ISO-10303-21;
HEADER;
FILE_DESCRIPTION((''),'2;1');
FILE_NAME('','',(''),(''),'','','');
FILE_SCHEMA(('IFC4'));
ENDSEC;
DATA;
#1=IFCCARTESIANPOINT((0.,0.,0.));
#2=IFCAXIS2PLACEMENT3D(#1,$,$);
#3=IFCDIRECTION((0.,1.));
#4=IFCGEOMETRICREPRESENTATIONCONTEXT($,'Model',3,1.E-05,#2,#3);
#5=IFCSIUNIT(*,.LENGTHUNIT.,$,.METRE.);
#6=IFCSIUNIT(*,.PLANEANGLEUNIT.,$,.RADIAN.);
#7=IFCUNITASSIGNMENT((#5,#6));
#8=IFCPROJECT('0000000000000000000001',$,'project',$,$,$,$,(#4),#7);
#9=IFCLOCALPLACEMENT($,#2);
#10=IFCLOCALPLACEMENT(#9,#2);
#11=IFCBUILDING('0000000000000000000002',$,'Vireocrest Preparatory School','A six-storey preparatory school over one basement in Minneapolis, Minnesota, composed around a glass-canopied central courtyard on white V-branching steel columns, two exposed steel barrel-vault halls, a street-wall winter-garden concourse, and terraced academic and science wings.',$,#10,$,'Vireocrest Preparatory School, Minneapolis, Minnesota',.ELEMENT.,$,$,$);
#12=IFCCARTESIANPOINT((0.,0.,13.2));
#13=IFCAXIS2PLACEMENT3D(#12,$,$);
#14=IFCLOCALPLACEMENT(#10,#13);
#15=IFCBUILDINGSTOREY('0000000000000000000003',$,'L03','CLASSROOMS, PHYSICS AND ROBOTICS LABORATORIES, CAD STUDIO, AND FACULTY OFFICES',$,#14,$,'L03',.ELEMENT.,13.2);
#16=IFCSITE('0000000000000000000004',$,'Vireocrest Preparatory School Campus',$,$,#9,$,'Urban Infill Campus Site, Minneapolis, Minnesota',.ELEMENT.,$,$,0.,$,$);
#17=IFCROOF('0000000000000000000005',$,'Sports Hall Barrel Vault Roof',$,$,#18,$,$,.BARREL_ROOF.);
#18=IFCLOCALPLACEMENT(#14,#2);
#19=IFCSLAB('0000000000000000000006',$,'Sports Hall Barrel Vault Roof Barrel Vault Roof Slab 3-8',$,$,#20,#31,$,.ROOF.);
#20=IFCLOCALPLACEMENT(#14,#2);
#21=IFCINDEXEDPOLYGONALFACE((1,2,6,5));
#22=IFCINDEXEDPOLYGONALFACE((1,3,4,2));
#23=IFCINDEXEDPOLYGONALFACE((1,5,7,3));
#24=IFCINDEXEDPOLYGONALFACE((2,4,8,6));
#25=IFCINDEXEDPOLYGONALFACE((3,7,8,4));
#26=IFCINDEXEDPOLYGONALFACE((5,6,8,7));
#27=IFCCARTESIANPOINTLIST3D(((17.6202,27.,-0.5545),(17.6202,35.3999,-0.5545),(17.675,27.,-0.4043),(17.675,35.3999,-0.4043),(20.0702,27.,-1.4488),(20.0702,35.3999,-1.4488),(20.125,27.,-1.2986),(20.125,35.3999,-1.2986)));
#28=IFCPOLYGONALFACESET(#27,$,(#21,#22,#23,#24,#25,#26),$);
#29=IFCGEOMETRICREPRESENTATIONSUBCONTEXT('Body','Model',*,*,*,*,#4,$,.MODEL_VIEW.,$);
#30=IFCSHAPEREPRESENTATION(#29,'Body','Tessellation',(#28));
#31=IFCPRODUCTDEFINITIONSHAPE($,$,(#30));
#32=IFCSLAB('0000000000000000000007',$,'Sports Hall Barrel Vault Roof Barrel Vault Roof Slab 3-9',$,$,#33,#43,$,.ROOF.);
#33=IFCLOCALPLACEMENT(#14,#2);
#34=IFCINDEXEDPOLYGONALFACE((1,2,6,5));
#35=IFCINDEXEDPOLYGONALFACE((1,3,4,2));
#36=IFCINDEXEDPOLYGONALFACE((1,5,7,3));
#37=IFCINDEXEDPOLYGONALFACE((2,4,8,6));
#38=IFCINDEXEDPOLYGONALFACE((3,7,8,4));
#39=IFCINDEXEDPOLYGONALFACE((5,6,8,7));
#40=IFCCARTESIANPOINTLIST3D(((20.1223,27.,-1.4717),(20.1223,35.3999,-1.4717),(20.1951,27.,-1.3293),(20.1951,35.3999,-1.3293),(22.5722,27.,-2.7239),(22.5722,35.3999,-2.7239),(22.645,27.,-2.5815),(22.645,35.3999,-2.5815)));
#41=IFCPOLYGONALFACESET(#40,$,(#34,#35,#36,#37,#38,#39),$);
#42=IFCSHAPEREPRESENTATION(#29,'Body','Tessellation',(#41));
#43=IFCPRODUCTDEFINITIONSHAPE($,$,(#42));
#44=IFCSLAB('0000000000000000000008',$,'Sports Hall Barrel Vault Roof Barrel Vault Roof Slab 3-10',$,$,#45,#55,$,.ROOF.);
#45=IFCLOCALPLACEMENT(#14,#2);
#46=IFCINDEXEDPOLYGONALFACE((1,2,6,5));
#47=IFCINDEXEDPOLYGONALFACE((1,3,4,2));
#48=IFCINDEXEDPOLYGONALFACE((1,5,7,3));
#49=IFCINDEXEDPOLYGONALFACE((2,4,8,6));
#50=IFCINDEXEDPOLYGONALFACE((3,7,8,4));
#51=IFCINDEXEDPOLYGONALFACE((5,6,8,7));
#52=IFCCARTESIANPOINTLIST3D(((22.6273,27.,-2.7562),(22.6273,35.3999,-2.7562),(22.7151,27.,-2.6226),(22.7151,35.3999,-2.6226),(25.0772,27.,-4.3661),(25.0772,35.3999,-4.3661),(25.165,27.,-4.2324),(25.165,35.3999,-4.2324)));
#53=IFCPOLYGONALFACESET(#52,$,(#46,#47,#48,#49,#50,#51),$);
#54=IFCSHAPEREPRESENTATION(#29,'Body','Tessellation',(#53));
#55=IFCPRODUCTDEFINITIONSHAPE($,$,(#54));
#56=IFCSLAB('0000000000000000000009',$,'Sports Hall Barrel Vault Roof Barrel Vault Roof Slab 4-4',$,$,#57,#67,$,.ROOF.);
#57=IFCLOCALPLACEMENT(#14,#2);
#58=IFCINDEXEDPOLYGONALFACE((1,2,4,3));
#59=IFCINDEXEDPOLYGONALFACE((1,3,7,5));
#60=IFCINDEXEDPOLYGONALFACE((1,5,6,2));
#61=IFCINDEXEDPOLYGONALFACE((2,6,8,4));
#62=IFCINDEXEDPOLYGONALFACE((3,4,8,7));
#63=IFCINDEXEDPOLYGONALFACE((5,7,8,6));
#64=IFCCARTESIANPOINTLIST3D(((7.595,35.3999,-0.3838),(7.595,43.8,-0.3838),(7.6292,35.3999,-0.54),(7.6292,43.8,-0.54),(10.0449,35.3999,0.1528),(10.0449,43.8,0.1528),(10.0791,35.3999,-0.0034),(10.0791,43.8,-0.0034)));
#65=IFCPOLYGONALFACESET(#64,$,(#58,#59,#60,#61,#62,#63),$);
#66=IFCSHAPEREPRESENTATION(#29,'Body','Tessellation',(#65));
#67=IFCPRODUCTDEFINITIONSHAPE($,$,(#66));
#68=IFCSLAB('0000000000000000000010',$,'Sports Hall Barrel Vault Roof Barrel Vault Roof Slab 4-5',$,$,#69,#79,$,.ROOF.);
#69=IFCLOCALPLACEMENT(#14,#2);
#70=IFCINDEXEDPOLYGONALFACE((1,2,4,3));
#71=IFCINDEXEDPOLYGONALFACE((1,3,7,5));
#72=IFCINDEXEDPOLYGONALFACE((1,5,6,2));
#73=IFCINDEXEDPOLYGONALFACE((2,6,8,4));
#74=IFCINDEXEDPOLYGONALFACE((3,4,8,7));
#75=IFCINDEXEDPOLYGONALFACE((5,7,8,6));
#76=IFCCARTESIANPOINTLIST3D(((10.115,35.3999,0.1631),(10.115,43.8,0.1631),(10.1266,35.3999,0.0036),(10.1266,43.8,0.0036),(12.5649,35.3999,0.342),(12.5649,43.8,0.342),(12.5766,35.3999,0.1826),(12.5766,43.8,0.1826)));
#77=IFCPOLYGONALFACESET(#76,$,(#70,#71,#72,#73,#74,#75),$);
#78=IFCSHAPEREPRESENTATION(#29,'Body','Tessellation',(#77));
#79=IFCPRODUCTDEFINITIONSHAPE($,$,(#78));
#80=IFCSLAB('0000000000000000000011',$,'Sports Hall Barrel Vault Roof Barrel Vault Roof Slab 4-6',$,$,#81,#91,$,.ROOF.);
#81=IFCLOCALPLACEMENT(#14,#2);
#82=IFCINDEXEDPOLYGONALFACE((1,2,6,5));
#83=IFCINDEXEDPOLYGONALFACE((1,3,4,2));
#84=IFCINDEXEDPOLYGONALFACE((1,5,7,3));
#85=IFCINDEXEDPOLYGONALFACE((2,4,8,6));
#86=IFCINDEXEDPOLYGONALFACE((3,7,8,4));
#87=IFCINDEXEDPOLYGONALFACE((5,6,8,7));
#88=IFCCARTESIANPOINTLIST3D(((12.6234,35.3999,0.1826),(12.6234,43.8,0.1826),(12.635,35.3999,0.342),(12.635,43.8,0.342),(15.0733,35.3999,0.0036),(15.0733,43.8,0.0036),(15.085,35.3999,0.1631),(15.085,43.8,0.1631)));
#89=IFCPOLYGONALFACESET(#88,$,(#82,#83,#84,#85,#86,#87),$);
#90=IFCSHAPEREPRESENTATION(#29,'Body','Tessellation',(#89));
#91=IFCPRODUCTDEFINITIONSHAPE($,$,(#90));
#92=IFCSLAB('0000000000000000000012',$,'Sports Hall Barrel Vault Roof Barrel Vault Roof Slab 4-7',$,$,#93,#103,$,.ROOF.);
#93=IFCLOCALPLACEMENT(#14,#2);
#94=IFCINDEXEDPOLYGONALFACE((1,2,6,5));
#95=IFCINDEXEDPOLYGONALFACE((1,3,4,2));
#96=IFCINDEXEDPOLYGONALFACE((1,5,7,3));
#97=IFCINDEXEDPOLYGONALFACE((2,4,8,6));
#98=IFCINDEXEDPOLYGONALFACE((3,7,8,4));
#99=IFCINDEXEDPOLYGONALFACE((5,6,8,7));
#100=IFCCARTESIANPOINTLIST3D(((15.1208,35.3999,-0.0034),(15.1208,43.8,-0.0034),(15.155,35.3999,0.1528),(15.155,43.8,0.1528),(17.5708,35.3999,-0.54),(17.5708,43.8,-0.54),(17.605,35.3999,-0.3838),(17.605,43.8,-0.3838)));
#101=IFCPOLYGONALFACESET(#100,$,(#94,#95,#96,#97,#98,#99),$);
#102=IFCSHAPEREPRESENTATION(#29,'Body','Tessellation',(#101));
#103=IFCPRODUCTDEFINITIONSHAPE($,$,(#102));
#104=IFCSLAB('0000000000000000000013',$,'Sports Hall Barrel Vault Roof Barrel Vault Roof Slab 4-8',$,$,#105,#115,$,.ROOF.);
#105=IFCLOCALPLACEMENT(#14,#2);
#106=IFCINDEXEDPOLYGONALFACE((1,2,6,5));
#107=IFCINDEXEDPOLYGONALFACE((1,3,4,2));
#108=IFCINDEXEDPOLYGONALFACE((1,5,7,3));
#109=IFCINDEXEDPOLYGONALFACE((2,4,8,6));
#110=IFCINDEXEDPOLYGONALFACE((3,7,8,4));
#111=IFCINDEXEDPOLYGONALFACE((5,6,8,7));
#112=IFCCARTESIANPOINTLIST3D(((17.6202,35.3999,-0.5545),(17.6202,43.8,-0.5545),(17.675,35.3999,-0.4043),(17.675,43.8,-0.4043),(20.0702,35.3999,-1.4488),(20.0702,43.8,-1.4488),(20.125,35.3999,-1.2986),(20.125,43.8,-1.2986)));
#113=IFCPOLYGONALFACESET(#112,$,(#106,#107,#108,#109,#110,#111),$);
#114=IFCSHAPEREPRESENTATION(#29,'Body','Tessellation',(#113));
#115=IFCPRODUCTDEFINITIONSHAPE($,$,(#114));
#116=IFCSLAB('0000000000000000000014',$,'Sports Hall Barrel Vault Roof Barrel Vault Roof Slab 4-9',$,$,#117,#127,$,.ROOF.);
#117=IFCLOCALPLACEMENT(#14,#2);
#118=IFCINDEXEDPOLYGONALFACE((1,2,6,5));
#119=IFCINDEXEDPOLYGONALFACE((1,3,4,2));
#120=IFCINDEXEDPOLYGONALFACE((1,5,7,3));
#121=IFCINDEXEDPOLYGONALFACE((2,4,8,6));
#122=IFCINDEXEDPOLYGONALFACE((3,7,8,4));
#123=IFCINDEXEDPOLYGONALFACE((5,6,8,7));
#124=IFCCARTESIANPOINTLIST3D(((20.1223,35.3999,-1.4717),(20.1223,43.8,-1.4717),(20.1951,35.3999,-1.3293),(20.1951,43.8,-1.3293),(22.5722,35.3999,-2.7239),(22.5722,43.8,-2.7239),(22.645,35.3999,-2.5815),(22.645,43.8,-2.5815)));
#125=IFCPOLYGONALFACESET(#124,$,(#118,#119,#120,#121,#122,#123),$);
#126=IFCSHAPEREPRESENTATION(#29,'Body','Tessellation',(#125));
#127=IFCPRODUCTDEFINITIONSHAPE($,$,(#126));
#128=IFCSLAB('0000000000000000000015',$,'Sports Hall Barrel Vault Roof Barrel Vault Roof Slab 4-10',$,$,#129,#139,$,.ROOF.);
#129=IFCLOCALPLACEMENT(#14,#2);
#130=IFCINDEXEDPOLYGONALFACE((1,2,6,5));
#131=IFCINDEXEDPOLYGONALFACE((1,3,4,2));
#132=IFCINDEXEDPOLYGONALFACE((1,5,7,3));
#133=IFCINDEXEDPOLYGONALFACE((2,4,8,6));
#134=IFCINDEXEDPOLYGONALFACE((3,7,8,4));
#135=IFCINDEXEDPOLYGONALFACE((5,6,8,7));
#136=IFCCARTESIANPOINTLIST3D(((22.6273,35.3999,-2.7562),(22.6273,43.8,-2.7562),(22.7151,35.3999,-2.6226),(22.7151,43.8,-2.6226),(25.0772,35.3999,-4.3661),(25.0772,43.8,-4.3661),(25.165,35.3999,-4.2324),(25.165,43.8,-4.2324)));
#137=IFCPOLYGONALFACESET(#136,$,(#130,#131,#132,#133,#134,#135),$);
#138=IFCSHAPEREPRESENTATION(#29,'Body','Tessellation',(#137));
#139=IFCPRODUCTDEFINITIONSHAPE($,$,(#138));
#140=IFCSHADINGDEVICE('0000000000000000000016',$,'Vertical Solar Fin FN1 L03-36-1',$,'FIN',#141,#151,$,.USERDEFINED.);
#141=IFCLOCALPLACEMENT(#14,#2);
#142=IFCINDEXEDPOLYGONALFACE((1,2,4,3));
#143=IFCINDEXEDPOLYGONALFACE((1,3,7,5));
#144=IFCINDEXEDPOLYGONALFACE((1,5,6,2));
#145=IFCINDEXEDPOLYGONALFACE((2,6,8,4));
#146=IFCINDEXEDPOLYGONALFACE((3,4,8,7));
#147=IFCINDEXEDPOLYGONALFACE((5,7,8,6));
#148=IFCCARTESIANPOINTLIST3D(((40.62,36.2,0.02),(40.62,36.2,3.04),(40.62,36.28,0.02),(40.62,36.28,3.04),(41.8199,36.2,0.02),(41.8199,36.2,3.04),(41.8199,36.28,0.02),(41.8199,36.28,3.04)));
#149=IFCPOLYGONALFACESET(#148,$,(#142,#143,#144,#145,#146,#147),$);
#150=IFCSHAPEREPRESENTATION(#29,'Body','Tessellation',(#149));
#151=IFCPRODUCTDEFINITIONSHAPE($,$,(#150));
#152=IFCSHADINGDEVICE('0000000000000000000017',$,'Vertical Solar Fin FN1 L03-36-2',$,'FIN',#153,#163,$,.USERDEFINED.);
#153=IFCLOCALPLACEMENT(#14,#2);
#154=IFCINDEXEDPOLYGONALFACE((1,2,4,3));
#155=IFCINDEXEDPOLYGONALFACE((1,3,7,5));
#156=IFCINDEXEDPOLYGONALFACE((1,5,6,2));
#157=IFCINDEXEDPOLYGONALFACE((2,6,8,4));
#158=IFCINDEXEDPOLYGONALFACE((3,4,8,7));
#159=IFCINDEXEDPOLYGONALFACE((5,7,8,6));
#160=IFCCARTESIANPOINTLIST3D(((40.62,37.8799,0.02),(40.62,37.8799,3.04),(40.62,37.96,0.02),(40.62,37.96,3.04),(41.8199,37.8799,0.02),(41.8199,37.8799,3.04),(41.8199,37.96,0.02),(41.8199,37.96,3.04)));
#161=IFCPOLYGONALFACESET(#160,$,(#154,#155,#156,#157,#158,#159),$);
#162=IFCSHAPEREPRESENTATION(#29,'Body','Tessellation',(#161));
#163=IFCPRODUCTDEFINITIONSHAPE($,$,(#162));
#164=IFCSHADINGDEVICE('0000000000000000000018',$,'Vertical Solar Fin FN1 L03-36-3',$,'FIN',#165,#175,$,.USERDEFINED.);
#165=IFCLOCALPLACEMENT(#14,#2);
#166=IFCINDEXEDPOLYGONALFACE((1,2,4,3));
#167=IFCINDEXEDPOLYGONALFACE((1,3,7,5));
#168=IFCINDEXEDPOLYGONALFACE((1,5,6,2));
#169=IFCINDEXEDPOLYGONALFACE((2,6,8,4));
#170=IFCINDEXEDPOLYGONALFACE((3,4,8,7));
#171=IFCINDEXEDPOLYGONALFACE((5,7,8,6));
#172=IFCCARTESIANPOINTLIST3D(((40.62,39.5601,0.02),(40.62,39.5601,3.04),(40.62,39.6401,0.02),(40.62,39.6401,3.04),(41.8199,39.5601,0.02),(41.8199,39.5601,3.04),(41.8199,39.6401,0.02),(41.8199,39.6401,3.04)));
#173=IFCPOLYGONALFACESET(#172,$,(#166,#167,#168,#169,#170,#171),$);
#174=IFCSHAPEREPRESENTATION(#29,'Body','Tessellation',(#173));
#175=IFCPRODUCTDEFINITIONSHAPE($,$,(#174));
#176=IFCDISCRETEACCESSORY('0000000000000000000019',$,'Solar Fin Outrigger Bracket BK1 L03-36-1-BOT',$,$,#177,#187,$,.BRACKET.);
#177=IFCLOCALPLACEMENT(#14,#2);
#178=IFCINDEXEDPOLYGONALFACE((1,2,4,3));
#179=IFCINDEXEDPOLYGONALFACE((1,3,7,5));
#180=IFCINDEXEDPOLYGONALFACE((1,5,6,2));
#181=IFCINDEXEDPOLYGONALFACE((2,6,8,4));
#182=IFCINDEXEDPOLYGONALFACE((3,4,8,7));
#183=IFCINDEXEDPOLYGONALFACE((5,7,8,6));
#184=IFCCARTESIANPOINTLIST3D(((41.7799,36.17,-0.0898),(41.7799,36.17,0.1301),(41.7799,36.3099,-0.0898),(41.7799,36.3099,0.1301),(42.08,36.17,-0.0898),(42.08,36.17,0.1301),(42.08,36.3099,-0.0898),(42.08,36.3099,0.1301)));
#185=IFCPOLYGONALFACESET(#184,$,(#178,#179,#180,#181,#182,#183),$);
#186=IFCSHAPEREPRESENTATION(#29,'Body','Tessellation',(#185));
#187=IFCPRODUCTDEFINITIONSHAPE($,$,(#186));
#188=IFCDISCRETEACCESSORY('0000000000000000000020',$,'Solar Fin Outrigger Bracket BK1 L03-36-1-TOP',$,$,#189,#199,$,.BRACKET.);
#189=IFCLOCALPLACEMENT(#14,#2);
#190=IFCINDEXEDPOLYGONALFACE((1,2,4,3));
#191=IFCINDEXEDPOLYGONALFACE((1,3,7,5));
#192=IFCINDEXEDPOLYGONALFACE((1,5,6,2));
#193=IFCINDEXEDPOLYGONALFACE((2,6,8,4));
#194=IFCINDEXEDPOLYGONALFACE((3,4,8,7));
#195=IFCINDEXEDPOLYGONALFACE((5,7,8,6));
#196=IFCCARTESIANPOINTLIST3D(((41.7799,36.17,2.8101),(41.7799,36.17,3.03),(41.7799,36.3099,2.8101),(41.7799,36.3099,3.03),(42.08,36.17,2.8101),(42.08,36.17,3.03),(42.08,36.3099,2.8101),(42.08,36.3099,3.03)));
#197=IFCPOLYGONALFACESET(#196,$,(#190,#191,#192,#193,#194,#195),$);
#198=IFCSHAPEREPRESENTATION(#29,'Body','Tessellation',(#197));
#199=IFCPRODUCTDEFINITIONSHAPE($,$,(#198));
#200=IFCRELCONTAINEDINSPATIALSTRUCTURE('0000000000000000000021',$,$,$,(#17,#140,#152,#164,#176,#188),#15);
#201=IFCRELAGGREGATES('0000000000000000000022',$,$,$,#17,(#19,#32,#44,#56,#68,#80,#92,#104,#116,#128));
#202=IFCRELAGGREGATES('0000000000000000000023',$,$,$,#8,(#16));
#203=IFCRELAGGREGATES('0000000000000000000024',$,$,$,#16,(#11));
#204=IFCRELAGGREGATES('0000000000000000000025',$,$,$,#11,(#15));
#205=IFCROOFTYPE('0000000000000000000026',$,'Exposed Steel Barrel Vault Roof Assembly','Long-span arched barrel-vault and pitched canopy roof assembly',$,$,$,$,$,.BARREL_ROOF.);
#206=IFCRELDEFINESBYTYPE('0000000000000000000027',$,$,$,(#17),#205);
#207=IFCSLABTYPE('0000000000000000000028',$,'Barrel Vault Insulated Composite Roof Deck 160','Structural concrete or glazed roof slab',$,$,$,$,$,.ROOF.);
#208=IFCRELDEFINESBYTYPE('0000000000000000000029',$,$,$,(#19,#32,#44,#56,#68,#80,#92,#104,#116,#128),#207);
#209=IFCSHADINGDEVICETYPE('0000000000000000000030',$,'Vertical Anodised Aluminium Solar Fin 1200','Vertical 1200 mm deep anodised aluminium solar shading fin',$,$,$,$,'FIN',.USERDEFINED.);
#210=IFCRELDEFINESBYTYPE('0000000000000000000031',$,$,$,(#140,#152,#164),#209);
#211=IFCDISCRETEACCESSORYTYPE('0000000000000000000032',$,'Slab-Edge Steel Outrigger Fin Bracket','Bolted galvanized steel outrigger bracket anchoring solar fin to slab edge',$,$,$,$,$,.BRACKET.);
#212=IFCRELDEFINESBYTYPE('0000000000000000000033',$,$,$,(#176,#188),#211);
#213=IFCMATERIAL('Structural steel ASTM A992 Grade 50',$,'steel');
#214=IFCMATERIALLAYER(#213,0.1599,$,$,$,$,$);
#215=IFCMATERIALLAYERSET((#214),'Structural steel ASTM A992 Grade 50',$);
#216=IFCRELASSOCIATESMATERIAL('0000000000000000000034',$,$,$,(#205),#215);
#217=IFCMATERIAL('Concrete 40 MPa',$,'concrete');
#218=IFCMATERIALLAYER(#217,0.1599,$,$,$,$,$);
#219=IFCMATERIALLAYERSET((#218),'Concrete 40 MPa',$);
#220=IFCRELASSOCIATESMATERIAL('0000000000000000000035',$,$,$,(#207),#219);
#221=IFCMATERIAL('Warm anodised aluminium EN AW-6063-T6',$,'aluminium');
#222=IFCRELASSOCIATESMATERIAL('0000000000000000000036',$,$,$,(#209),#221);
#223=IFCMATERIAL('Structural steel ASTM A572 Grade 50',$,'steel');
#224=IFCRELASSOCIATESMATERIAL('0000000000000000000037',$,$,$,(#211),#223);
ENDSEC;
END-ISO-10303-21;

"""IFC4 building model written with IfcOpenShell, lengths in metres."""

from ifc_helpers import new_model, si_unit, direction, frame, origin, origin_2d, place, context, subcontext, project, spatial, polyline, rectangle, outline, extrude, material, layer, layer_set, material_profile, profile_set, type_object, element, aggregate, save


model = new_model("IFC4")

# Units and contexts
model_context = context("Model", 3, precision=1e-05, world=origin(), true_north=direction((0.0, 1.0)))
body_context = subcontext(model_context, "Body", "Model", "MODEL_VIEW")
ifc_project = project(units=[si_unit("LENGTHUNIT", "METRE"), si_unit("PLANEANGLEUNIT", "RADIAN")], contexts=[model_context])

# Site, building, storey
site_placement = place(None, origin())
site = spatial("IfcSite", under=ifc_project, at=site_placement, Name="Vireocrest Preparatory School Campus", LongName="Urban Infill Campus Site, Minneapolis, Minnesota", CompositionType="ELEMENT", RefElevation=0.0)
building_placement = place(site_placement, origin())
building = spatial("IfcBuilding", under=site, at=building_placement, Name="Vireocrest Preparatory School", Description="A six-storey preparatory school over one basement in Minneapolis, Minnesota, composed around a glass-canopied central courtyard on white V-branching steel columns, two exposed steel barrel-vault halls, a street-wall winter-garden concourse, and terraced academic and science wings.", LongName="Vireocrest Preparatory School, Minneapolis, Minnesota", CompositionType="ELEMENT")
storey_placement = place(building_placement, frame((0.0, 0.0, 13.2)))
storey = spatial("IfcBuildingStorey", under=building, at=storey_placement, Name="L03", Description="CLASSROOMS, PHYSICS AND ROBOTICS LABORATORIES, CAD STUDIO, AND FACULTY OFFICES", LongName="L03", CompositionType="ELEMENT", Elevation=13.2)

# Roof, slabs
ifc_material_1 = material(Name="Structural steel ASTM A992 Grade 50", Category="steel")
ifc_layer_1 = layer(ifc_material_1, 0.1599)
ifc_layer_set_1 = layer_set([ifc_layer_1], Name="Structural steel ASTM A992 Grade 50")
roof_type = type_object("IfcRoofType", Name="Exposed Steel Barrel Vault Roof Assembly", Description="Long-span arched barrel-vault and pitched canopy roof assembly", PredefinedType="BARREL_ROOF", material=ifc_layer_set_1)
roof_placement = place(storey_placement, origin())
roof = element("IfcRoof", 1, at=roof_placement, inside=storey, type_object=roof_type, Name="Sports Hall Barrel Vault Roof", PredefinedType="BARREL_ROOF")
ifc_material_2 = material(Name="Concrete 40 MPa", Category="concrete")
ifc_layer_2 = layer(ifc_material_2, 0.1599)
ifc_layer_set_2 = layer_set([ifc_layer_2], Name="Concrete 40 MPa")
slab_type = type_object("IfcSlabType", Name="Barrel Vault Insulated Composite Roof Deck 160", Description="Structural concrete or glazed roof slab", PredefinedType="ROOF", material=ifc_layer_set_2)
slab_1_placement = place(storey_placement, frame((17.675, 27.0, -0.4043), z_axis=(0.342893, 0.0, 0.939375), x_axis=(0.939375, 0.0, -0.342893)))
slab_1 = element("IfcSlab", 2, at=slab_1_placement, type_object=slab_type, Name="Sports Hall Barrel Vault Roof Barrel Vault Roof Slab 3-8", PredefinedType="ROOF", context=body_context, shape_type="SweptSolid", body=[
    extrude(outline(polyline([(0.0, 0.0), (2.6081, 0.0), (2.6081, 8.3999), (0.0, 8.3999), (0.0, 0.0)])), origin(), (0.0, 0.0, -1.0), 0.1599),
])
slab_2_placement = place(storey_placement, frame((20.1951, 27.0, -1.3293), z_axis=(0.455111, 0.0, 0.890435), x_axis=(0.890435, 0.0, -0.455111)))
slab_2 = element("IfcSlab", 3, at=slab_2_placement, type_object=slab_type, Name="Sports Hall Barrel Vault Roof Barrel Vault Roof Slab 3-9", PredefinedType="ROOF", context=body_context, shape_type="SweptSolid", body=[
    extrude(outline(polyline([(0.0, 0.0), (2.7514, 0.0), (2.7514, 8.3999), (0.0, 8.3999), (0.0, 0.0)])), origin(), (0.0, 0.0, -1.0), 0.1599),
])
slab_3_placement = place(storey_placement, frame((22.7151, 27.0, -2.6226), z_axis=(0.549153, 0.0, 0.835722), x_axis=(0.835722, 0.0, -0.549153)))
slab_3 = element("IfcSlab", 4, at=slab_3_placement, type_object=slab_type, Name="Sports Hall Barrel Vault Roof Barrel Vault Roof Slab 3-10", PredefinedType="ROOF", context=body_context, shape_type="SweptSolid", body=[
    extrude(outline(polyline([(0.0, 0.0), (2.9315, 0.0), (2.9315, 8.3999), (0.0, 8.3999), (0.0, 0.0)])), origin(), (0.0, 0.0, -1.0), 0.1599),
])
slab_4_placement = place(storey_placement, frame((7.595, 35.3999, -0.3838), z_axis=(-0.213961, 0.0, 0.976842), x_axis=(0.976842, 0.0, 0.213961)))
slab_4 = element("IfcSlab", 5, at=slab_4_placement, type_object=slab_type, Name="Sports Hall Barrel Vault Roof Barrel Vault Roof Slab 4-4", PredefinedType="ROOF", context=body_context, shape_type="SweptSolid", body=[
    extrude(outline(polyline([(0.0, 0.0), (2.508, 0.0), (2.508, 8.4001), (0.0, 8.4001), (0.0, 0.0)])), origin(), (0.0, 0.0, -1.0), 0.1599),
])
slab_5_placement = place(storey_placement, frame((10.115, 35.3999, 0.1631), z_axis=(-0.07285, 0.0, 0.997343), x_axis=(0.997343, 0.0, 0.07285)))
slab_5 = element("IfcSlab", 6, at=slab_5_placement, type_object=slab_type, Name="Sports Hall Barrel Vault Roof Barrel Vault Roof Slab 4-5", PredefinedType="ROOF", context=body_context, shape_type="SweptSolid", body=[
    extrude(outline(polyline([(0.0, 0.0), (2.4565, 0.0), (2.4565, 8.4001), (0.0, 8.4001), (0.0, 0.0)])), origin(), (0.0, 0.0, -1.0), 0.1599),
])
slab_6_placement = place(storey_placement, frame((12.635, 35.3999, 0.342), z_axis=(0.07285, 0.0, 0.997343), x_axis=(0.997343, 0.0, -0.07285)))
slab_6 = element("IfcSlab", 7, at=slab_6_placement, type_object=slab_type, Name="Sports Hall Barrel Vault Roof Barrel Vault Roof Slab 4-6", PredefinedType="ROOF", context=body_context, shape_type="SweptSolid", body=[
    extrude(outline(polyline([(0.0, 0.0), (2.4565, 0.0), (2.4565, 8.4001), (0.0, 8.4001), (0.0, 0.0)])), origin(), (0.0, 0.0, -1.0), 0.1599),
])
slab_7_placement = place(storey_placement, frame((15.155, 35.3999, 0.1528), z_axis=(0.213961, 0.0, 0.976842), x_axis=(0.976842, 0.0, -0.213961)))
slab_7 = element("IfcSlab", 8, at=slab_7_placement, type_object=slab_type, Name="Sports Hall Barrel Vault Roof Barrel Vault Roof Slab 4-7", PredefinedType="ROOF", context=body_context, shape_type="SweptSolid", body=[
    extrude(outline(polyline([(0.0, 0.0), (2.508, 0.0), (2.508, 8.4001), (0.0, 8.4001), (0.0, 0.0)])), origin(), (0.0, 0.0, -1.0), 0.1599),
])
slab_8_placement = place(storey_placement, frame((17.675, 35.3999, -0.4043), z_axis=(0.342893, 0.0, 0.939375), x_axis=(0.939375, 0.0, -0.342893)))
slab_8 = element("IfcSlab", 9, at=slab_8_placement, type_object=slab_type, Name="Sports Hall Barrel Vault Roof Barrel Vault Roof Slab 4-8", PredefinedType="ROOF", context=body_context, shape_type="SweptSolid", body=[
    extrude(outline(polyline([(0.0, 0.0), (2.6081, 0.0), (2.6081, 8.4001), (0.0, 8.4001), (0.0, 0.0)])), origin(), (0.0, 0.0, -1.0), 0.1599),
])
slab_9_placement = place(storey_placement, frame((20.1951, 35.3999, -1.3293), z_axis=(0.455111, 0.0, 0.890435), x_axis=(0.890435, 0.0, -0.455111)))
slab_9 = element("IfcSlab", 10, at=slab_9_placement, type_object=slab_type, Name="Sports Hall Barrel Vault Roof Barrel Vault Roof Slab 4-9", PredefinedType="ROOF", context=body_context, shape_type="SweptSolid", body=[
    extrude(outline(polyline([(0.0, 0.0), (2.7514, 0.0), (2.7514, 8.4001), (0.0, 8.4001), (0.0, 0.0)])), origin(), (0.0, 0.0, -1.0), 0.1599),
])
slab_10_placement = place(storey_placement, frame((22.7151, 35.3999, -2.6226), z_axis=(0.549153, 0.0, 0.835722), x_axis=(0.835722, 0.0, -0.549153)))
slab_10 = element("IfcSlab", 11, at=slab_10_placement, type_object=slab_type, Name="Sports Hall Barrel Vault Roof Barrel Vault Roof Slab 4-10", PredefinedType="ROOF", context=body_context, shape_type="SweptSolid", body=[
    extrude(outline(polyline([(0.0, 0.0), (2.9315, 0.0), (2.9315, 8.4001), (0.0, 8.4001), (0.0, 0.0)])), origin(), (0.0, 0.0, -1.0), 0.1599),
])
aggregate(roof, [slab_1, slab_2, slab_3, slab_4, slab_5, slab_6, slab_7, slab_8, slab_9, slab_10])

# Shading devices
ifc_material_3 = material(Name="Warm anodised aluminium EN AW-6063-T6", Category="aluminium")
ifc_material_profile = material_profile(ifc_material_3, rectangle(XDim=0.0801, YDim=1.2, at=origin_2d()), Name="FIN 80x1200")
ifc_profile_set = profile_set([ifc_material_profile], Name="Warm anodised aluminium EN AW-6063-T6")
shading_device_type = type_object("IfcShadingDeviceType", Name="Vertical Anodised Aluminium Solar Fin 1200", Description="Vertical 1200 mm deep anodised aluminium solar shading fin", ElementType="FIN", PredefinedType="USERDEFINED", material=ifc_profile_set)
for number, where, z_axis, x_axis, name in (
    (12, (41.22, 36.24, 0.02), (0.0, 0.0, 1.0), (0.0, 1.0, 0.0), "Vertical Solar Fin FN1 L03-36-1"),
    (13, (41.22, 37.9199, 0.02), (0.0, 0.0, 1.0), (0.0, 1.0, 0.0), "Vertical Solar Fin FN1 L03-36-2"),
    (14, (41.22, 39.6001, 0.02), (0.0, 0.0, 1.0), (0.0, 1.0, 0.0), "Vertical Solar Fin FN1 L03-36-3"),
):
    element("IfcShadingDevice", number, at=place(storey_placement, frame(where, z_axis=z_axis, x_axis=x_axis)), inside=storey, type_object=shading_device_type, Name=name, ObjectType="FIN", PredefinedType="USERDEFINED", context=body_context, shape_type="SweptSolid", body=[
        extrude(rectangle(XDim=0.0801, YDim=1.2, at=origin_2d()), origin(), (0.0, 0.0, 1.0), 3.02),
    ])

# Discrete accessories
ifc_material_4 = material(Name="Structural steel ASTM A572 Grade 50", Category="steel")
discrete_accessory_type = type_object("IfcDiscreteAccessoryType", Name="Slab-Edge Steel Outrigger Fin Bracket", Description="Bolted galvanized steel outrigger bracket anchoring solar fin to slab edge", PredefinedType="BRACKET", material=ifc_material_4)
for number, where, z_axis, x_axis, name in (
    (15, (41.9299, 36.24, -0.0898), (0.0, 0.0, 1.0), (0.0, 1.0, 0.0), "Solar Fin Outrigger Bracket BK1 L03-36-1-BOT"),
    (16, (41.9299, 36.24, 2.8101), (0.0, 0.0, 1.0), (0.0, 1.0, 0.0), "Solar Fin Outrigger Bracket BK1 L03-36-1-TOP"),
):
    element("IfcDiscreteAccessory", number, at=place(storey_placement, frame(where, z_axis=z_axis, x_axis=x_axis)), inside=storey, type_object=discrete_accessory_type, Name=name, PredefinedType="BRACKET", context=body_context, shape_type="SweptSolid", body=[
        extrude(rectangle(XDim=0.1399, YDim=0.3, at=origin_2d()), origin(), (0.0, 0.0, 1.0), 0.22),
    ])

save(model, "model.ifc")
